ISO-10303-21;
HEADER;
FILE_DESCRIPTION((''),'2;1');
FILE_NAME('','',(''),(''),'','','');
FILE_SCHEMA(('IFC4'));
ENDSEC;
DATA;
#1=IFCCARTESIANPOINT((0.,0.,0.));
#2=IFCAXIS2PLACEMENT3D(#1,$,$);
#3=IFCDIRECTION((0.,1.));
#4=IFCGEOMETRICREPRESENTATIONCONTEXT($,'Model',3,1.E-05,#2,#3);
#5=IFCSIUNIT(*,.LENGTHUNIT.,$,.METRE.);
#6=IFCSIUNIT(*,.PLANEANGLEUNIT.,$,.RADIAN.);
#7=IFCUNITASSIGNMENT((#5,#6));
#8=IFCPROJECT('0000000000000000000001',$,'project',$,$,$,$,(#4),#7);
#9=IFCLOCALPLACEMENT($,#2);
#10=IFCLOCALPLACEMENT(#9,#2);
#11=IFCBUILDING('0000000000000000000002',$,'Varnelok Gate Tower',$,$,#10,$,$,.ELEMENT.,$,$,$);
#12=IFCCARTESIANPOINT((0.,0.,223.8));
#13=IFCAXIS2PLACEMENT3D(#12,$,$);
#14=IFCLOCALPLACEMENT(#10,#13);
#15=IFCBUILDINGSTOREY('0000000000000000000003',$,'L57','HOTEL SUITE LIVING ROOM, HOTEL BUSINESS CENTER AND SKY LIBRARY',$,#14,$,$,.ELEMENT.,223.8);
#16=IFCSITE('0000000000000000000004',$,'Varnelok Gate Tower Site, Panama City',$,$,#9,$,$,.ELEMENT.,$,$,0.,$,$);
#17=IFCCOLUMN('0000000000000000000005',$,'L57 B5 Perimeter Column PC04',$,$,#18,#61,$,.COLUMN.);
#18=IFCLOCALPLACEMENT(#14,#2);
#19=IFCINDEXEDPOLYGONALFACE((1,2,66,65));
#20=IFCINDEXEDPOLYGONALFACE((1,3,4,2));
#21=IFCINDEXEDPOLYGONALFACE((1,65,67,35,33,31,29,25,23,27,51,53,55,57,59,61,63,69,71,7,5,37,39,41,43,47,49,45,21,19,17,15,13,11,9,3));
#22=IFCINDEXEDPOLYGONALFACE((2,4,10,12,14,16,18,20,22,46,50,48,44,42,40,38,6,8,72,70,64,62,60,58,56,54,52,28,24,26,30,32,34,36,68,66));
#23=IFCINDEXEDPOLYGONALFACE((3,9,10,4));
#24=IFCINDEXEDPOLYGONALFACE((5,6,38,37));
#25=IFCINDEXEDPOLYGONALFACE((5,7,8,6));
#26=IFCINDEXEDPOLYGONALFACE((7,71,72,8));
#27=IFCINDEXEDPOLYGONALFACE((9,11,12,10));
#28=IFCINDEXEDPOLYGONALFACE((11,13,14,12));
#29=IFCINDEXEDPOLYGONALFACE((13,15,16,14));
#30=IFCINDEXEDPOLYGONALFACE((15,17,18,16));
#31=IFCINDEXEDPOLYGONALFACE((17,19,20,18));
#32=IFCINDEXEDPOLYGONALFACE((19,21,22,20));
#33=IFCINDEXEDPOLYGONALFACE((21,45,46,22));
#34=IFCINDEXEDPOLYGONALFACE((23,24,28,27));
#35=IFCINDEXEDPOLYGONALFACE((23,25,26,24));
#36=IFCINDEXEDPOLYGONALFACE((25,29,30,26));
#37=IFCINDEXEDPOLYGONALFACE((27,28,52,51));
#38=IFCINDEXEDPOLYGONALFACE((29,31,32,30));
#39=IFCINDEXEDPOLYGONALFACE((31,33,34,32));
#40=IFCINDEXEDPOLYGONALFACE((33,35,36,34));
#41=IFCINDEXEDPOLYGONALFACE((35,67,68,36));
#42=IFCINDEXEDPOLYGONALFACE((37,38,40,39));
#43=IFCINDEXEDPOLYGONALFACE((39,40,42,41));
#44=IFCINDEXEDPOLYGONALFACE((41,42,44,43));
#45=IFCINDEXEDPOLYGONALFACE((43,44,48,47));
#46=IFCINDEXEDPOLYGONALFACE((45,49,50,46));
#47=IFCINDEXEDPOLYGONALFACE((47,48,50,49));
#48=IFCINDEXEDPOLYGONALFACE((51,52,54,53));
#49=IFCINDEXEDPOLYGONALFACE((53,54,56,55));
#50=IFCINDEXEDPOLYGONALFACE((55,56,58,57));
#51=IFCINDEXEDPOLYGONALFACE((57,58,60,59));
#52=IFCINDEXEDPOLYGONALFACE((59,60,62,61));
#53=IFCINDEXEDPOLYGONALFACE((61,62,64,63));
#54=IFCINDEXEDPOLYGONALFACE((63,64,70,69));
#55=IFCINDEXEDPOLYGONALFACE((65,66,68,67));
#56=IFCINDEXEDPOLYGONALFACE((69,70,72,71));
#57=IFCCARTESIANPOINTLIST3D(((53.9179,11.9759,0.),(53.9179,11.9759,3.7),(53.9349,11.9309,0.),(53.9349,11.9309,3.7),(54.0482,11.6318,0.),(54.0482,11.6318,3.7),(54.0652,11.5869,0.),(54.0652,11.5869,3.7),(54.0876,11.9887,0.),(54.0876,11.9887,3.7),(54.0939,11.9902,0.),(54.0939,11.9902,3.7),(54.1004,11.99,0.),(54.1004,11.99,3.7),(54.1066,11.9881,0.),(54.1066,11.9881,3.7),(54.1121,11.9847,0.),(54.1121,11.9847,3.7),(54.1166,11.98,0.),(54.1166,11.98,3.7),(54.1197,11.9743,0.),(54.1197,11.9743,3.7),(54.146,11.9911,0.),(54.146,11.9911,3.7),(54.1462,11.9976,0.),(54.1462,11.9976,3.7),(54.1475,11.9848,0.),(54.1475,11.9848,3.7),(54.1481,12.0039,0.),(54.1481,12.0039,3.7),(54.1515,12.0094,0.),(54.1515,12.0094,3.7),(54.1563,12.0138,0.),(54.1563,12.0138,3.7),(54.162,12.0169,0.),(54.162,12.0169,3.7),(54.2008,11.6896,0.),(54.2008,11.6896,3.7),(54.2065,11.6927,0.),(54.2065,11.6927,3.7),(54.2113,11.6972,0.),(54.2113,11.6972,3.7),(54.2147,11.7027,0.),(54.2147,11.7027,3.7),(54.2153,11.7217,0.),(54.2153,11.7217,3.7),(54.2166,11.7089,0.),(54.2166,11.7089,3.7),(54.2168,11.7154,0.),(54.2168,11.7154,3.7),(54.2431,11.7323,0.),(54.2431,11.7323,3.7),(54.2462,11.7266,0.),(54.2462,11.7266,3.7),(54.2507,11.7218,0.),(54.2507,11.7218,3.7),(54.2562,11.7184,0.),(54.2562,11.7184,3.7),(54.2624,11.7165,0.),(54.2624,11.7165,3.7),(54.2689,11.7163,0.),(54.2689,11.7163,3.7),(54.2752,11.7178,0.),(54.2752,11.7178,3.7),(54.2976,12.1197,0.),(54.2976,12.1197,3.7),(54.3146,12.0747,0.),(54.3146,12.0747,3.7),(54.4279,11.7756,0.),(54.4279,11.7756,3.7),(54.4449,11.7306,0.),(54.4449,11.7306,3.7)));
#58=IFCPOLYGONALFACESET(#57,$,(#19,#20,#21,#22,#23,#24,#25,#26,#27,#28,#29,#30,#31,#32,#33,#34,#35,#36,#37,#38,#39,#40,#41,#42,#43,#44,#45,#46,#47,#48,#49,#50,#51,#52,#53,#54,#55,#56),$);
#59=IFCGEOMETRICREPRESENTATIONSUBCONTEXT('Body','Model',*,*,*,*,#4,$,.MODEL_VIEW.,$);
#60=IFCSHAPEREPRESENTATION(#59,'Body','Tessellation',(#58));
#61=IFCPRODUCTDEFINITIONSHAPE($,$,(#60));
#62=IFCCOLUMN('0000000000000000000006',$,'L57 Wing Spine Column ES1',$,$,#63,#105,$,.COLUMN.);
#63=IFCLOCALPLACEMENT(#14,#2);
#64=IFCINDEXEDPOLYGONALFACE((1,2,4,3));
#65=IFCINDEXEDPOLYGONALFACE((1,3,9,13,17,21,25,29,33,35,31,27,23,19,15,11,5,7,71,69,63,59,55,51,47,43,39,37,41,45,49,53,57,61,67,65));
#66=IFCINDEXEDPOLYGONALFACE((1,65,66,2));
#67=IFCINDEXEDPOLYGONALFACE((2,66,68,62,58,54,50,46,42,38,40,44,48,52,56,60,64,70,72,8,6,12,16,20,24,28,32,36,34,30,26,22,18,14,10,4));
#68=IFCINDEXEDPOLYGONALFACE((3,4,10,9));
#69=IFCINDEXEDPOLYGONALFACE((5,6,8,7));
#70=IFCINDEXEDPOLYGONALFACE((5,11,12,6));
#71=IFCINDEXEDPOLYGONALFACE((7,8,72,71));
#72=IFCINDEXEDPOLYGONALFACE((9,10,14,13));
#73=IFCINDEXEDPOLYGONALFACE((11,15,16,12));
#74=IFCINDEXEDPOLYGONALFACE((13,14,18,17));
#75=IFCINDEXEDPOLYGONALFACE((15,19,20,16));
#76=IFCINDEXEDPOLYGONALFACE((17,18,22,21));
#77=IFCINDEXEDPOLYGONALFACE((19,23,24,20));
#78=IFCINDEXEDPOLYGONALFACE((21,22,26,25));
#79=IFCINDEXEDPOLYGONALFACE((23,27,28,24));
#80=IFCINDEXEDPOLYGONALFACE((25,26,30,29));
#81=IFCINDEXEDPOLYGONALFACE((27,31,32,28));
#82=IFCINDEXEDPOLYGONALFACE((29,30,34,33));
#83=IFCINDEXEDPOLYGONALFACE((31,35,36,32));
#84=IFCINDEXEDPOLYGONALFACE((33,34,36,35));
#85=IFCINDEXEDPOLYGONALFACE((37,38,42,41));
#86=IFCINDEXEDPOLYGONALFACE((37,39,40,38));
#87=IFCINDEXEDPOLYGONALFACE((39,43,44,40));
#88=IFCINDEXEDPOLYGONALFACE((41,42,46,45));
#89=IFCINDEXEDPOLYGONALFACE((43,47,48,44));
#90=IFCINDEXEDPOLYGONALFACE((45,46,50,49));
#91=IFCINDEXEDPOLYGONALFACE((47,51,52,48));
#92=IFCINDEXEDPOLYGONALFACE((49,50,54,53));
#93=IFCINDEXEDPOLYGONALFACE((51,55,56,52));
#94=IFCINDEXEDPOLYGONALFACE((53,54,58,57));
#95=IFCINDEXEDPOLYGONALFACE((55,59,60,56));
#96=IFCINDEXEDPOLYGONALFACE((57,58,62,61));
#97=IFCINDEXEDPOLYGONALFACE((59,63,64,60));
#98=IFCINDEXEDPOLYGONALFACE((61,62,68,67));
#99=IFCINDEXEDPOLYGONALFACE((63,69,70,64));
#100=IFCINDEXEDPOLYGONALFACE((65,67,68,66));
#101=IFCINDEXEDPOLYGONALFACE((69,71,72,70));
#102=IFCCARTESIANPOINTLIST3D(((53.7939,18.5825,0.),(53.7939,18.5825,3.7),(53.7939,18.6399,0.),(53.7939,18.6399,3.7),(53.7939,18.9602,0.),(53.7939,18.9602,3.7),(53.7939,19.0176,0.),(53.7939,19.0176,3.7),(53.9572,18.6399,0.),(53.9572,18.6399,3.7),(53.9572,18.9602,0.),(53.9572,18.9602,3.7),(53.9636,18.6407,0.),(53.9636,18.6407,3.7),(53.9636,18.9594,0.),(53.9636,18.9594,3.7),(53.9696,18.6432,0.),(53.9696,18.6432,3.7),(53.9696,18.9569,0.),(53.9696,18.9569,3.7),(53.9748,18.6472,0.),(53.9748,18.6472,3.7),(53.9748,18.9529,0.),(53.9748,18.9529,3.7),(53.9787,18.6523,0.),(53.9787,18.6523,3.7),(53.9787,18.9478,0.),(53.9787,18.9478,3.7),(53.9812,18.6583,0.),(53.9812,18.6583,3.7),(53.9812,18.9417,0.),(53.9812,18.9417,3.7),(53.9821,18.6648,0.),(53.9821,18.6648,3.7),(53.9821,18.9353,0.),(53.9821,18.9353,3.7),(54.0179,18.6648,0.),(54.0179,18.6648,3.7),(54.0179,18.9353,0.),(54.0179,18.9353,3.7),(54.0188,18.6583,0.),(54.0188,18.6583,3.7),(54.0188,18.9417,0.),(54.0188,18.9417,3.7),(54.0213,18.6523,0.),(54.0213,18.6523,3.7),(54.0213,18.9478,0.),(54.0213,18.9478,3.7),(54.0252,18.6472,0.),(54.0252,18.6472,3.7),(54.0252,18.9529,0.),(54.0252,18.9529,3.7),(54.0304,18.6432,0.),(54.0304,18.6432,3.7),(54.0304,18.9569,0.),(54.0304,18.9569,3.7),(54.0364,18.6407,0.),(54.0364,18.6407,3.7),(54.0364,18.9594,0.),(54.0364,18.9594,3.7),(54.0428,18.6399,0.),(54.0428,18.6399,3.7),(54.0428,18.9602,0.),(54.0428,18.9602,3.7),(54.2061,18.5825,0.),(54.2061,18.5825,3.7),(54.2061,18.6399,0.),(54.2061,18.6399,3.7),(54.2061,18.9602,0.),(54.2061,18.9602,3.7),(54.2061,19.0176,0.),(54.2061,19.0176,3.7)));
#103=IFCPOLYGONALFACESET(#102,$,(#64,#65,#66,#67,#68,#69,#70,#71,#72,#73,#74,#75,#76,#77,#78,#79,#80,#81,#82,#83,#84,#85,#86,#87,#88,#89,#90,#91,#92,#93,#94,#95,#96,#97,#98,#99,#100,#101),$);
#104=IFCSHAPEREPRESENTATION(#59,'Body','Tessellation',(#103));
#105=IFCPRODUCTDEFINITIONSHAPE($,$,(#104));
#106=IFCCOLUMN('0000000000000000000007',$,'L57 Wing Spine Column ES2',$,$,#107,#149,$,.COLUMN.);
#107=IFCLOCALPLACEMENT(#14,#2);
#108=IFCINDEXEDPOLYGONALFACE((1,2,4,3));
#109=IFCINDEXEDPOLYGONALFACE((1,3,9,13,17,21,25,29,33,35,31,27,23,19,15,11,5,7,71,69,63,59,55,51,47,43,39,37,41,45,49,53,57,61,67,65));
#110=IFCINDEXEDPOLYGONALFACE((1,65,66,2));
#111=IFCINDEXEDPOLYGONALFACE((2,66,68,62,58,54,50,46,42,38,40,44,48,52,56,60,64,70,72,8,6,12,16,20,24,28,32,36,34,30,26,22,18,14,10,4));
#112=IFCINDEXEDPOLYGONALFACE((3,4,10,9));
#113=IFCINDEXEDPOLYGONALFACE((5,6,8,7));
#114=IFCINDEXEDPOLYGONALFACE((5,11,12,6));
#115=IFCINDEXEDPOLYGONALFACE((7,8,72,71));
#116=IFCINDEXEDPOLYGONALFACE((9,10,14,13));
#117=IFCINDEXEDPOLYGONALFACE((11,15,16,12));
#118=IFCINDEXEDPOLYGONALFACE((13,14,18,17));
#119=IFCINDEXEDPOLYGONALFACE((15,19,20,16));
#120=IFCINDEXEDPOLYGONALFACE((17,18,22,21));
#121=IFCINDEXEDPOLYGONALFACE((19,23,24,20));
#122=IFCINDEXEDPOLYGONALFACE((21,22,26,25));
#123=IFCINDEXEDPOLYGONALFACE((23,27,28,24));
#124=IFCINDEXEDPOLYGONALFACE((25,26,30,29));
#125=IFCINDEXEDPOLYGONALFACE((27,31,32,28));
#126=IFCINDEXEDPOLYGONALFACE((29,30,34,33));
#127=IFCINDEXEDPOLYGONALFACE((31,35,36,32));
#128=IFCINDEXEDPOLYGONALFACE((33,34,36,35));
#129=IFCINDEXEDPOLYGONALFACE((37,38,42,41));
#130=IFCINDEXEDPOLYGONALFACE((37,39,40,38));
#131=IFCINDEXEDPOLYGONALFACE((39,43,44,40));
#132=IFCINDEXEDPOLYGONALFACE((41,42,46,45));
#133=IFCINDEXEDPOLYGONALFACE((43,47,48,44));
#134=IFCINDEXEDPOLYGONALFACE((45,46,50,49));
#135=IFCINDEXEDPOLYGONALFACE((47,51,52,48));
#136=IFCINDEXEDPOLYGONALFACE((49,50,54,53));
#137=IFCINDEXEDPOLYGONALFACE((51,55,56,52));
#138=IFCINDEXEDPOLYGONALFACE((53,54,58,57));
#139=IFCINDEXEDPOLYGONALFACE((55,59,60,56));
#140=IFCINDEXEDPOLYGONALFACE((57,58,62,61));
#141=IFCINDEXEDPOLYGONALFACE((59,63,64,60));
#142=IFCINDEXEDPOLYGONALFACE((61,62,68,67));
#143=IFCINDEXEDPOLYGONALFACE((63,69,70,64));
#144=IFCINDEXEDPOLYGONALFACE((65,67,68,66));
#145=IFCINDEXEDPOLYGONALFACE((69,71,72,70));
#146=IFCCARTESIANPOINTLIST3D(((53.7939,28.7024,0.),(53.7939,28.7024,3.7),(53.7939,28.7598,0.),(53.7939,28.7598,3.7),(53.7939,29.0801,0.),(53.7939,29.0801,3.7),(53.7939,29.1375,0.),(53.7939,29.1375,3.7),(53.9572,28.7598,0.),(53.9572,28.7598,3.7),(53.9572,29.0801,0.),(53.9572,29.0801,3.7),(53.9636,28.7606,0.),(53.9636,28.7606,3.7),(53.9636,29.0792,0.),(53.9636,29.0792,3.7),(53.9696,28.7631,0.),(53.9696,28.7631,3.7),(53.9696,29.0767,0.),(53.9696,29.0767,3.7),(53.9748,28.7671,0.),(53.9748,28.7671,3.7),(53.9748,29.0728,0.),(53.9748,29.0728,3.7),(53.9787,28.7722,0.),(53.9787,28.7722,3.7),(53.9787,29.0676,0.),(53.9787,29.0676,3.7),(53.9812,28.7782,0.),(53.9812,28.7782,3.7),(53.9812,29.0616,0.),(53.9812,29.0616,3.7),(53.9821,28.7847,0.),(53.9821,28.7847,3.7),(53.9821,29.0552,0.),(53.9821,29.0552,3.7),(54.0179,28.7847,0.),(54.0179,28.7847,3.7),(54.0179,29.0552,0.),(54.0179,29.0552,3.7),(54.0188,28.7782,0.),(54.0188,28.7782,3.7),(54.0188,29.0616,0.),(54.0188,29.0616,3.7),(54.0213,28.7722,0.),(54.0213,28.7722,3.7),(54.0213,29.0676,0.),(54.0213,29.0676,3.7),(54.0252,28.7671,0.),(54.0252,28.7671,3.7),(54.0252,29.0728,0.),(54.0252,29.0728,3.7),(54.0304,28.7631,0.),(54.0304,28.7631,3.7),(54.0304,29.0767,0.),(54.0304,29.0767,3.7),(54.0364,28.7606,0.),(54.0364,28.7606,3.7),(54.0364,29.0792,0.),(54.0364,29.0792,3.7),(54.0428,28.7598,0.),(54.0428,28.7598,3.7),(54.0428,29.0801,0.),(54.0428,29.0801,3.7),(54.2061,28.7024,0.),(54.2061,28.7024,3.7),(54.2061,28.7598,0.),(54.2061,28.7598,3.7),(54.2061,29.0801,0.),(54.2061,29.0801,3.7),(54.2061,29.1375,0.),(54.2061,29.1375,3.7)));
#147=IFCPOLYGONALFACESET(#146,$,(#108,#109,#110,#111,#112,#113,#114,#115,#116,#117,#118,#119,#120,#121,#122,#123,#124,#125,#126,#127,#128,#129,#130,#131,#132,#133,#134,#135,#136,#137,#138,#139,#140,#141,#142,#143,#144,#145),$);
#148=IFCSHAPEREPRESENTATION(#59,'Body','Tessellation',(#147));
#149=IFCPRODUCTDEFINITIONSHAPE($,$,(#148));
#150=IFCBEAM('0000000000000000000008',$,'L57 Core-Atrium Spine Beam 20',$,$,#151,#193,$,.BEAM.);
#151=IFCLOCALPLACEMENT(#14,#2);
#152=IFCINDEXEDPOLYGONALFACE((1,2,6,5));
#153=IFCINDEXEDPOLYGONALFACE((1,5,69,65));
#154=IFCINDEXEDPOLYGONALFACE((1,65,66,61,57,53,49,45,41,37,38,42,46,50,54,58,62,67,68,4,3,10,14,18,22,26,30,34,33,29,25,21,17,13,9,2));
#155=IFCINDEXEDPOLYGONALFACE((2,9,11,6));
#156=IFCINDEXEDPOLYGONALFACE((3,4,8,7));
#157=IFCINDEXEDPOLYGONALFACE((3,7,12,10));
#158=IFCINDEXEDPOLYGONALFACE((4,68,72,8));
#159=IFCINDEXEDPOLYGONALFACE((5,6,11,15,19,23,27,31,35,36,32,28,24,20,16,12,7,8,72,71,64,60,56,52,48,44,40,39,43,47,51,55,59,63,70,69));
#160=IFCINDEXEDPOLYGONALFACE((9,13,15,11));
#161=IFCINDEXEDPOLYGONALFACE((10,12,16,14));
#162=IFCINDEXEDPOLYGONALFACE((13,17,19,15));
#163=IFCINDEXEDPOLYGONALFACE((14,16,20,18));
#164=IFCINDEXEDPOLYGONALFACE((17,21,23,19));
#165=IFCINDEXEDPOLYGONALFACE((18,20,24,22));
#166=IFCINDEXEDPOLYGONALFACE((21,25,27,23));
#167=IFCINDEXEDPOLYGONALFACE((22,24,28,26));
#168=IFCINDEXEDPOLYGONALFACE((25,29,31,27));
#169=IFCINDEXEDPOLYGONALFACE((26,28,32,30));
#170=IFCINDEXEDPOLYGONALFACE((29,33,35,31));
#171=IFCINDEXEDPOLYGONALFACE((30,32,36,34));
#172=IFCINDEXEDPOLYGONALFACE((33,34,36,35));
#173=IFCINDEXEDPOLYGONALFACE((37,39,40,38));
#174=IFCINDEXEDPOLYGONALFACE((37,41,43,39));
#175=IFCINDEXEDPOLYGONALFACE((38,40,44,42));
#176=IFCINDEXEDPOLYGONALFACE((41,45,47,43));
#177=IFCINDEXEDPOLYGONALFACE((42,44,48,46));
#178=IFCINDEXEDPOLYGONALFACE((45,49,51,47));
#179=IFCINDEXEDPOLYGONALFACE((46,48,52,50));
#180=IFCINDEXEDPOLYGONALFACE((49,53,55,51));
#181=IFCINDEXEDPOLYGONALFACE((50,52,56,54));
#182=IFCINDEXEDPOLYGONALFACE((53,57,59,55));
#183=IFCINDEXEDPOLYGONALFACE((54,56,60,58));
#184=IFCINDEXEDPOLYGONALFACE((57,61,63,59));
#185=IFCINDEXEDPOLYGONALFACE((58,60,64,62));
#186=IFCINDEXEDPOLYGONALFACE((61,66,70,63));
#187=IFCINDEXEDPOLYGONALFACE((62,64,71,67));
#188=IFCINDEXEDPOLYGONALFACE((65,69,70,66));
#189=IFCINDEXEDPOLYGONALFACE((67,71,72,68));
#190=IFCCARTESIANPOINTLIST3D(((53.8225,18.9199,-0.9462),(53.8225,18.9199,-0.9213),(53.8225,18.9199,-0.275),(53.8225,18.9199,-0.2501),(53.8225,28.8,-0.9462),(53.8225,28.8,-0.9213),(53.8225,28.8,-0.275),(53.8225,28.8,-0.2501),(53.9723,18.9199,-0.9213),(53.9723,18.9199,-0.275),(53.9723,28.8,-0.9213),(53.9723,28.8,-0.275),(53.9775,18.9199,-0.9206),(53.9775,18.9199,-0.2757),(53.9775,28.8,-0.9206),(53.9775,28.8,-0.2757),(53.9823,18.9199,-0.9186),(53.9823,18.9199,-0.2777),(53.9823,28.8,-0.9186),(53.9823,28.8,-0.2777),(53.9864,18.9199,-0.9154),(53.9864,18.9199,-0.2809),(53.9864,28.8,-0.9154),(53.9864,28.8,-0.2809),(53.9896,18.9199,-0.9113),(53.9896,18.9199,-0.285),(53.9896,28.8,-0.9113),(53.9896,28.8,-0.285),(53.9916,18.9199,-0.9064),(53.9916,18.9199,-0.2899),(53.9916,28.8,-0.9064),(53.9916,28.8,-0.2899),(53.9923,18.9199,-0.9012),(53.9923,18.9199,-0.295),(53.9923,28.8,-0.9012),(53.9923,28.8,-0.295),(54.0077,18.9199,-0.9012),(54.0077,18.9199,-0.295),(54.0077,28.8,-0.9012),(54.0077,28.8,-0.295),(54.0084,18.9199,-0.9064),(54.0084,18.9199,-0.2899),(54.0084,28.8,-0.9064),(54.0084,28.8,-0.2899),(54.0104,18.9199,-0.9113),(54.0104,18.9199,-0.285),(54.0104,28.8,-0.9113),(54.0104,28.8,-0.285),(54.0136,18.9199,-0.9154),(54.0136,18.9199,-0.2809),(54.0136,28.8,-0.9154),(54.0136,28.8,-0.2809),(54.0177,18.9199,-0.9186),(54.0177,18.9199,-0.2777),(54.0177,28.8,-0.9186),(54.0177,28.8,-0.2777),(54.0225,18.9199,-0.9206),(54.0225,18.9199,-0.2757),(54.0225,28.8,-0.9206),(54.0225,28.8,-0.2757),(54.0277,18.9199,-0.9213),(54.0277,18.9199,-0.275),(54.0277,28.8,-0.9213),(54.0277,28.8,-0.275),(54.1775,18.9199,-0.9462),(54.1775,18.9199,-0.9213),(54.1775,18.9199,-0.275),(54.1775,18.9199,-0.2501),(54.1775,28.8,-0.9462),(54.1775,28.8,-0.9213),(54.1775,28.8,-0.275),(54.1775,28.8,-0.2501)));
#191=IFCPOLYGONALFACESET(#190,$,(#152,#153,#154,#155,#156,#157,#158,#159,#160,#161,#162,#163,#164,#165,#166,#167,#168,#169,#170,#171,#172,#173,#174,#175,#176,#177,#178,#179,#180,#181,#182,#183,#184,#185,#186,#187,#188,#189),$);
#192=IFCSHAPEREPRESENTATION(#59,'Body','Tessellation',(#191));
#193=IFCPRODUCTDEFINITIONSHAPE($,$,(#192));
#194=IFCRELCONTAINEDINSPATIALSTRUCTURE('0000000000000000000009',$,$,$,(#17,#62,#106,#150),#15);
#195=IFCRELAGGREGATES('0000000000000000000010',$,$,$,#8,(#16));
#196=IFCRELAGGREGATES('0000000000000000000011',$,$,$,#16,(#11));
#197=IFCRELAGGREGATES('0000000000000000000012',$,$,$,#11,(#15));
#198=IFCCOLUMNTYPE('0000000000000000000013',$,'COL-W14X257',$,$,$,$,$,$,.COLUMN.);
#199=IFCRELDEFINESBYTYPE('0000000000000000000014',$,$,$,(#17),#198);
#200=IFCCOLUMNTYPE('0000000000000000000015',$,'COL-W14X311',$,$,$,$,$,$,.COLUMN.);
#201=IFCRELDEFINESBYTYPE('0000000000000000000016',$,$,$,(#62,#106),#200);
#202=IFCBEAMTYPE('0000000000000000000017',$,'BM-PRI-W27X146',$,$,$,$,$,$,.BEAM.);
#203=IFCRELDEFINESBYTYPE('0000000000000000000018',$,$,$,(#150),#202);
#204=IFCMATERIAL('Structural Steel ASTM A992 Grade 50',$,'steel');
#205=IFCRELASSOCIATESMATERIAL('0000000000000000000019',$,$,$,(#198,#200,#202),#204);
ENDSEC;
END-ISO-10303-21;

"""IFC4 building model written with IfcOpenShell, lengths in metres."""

from ifc_helpers import new_model, si_unit, direction, frame, origin, origin_2d, place, context, subcontext, project, spatial, i_section, extrude, material, material_profile, profile_set, type_object, element, save


model = new_model("IFC4")

# Units and contexts
model_context = context("Model", 3, precision=1e-05, world=origin(), true_north=direction((0.0, 1.0)))
body_context = subcontext(model_context, "Body", "Model", "MODEL_VIEW")
ifc_project = project(units=[si_unit("LENGTHUNIT", "METRE"), si_unit("PLANEANGLEUNIT", "RADIAN")], contexts=[model_context])

# Site, building, storey
site_placement = place(None, origin())
site = spatial("IfcSite", under=ifc_project, at=site_placement, Name="Varnelok Gate Tower Site, Panama City", CompositionType="ELEMENT", RefElevation=0.0)
building_placement = place(site_placement, origin())
building = spatial("IfcBuilding", under=site, at=building_placement, Name="Varnelok Gate Tower", CompositionType="ELEMENT")
storey_placement = place(building_placement, frame((0.0, 0.0, 223.8)))
storey = spatial("IfcBuildingStorey", under=building, at=storey_placement, Name="L57", Description="HOTEL SUITE LIVING ROOM, HOTEL BUSINESS CENTER AND SKY LIBRARY", CompositionType="ELEMENT", Elevation=223.8)

# Columns
ifc_material_1 = material(Name="Structural Steel ASTM A992 Grade 50", Category="steel")
ifc_material_profile_1 = material_profile(ifc_material_1, i_section(OverallWidth=0.406, OverallDepth=0.416, WebThickness=0.0298, FlangeThickness=0.0481, FilletRadius=0.0249, at=origin_2d()), Name="W14X257")
ifc_profile_set_1 = profile_set([ifc_material_profile_1], Name="Structural Steel ASTM A992 Grade 50")
column_type_1 = type_object("IfcColumnType", Name="COL-W14X257", PredefinedType="COLUMN", material=ifc_profile_set_1)
column_placement = place(storey_placement, frame((54.1814, 11.8533, 0.0), z_axis=(0.0, 0.0, 1.0), x_axis=(0.935222, 0.354063, 0.0)))
element("IfcColumn", 1, at=column_placement, inside=storey, type_object=column_type_1, Name="L57 B5 Perimeter Column PC04", PredefinedType="COLUMN", context=body_context, shape_type="SweptSolid", body=[
    extrude(i_section(OverallWidth=0.406, OverallDepth=0.416, WebThickness=0.0298, FlangeThickness=0.0481, FilletRadius=0.0249, at=origin_2d()), origin(), (0.0, 0.0, 1.0), 3.7),
])
ifc_material_profile_2 = material_profile(ifc_material_1, i_section(OverallWidth=0.4121, OverallDepth=0.4351, WebThickness=0.0359, FlangeThickness=0.0574, FilletRadius=0.0249, at=origin_2d()), Name="W14X311")
ifc_profile_set_2 = profile_set([ifc_material_profile_2], Name="Structural Steel ASTM A992 Grade 50")
column_type_2 = type_object("IfcColumnType", Name="COL-W14X311", PredefinedType="COLUMN", material=ifc_profile_set_2)
for number, where, z_axis, x_axis, name in (
    (2, (54.0, 18.8, 0.0), (0.0, 0.0, 1.0), (1.0, 0.0, 0.0), "L57 Wing Spine Column ES1"),
    (3, (54.0, 28.9199, 0.0), (0.0, 0.0, 1.0), (1.0, 0.0, 0.0), "L57 Wing Spine Column ES2"),
):
    element("IfcColumn", number, at=place(storey_placement, frame(where, z_axis=z_axis, x_axis=x_axis)), inside=storey, type_object=column_type_2, Name=name, PredefinedType="COLUMN", context=body_context, shape_type="SweptSolid", body=[
        extrude(i_section(OverallWidth=0.4121, OverallDepth=0.4351, WebThickness=0.0359, FlangeThickness=0.0574, FilletRadius=0.0249, at=origin_2d()), origin(), (0.0, 0.0, 1.0), 3.7),
    ])

# Beam
ifc_material_profile_3 = material_profile(ifc_material_1, i_section(OverallWidth=0.355, OverallDepth=0.696, WebThickness=0.0154, FlangeThickness=0.0249, FilletRadius=0.02, at=origin_2d()), Name="W27X146")
ifc_profile_set_3 = profile_set([ifc_material_profile_3], Name="Structural Steel ASTM A992 Grade 50")
beam_type = type_object("IfcBeamType", Name="BM-PRI-W27X146", PredefinedType="BEAM", material=ifc_profile_set_3)
beam_1_placement = place(storey_placement, frame((54.0, 18.9199, -0.5981), z_axis=(0.0, 1.0, 0.0), x_axis=(-1.0, 0.0, 0.0)))
element("IfcBeam", 4, at=beam_1_placement, inside=storey, type_object=beam_type, Name="L57 Core-Atrium Spine Beam 20", PredefinedType="BEAM", context=body_context, shape_type="SweptSolid", body=[
    extrude(i_section(OverallWidth=0.355, OverallDepth=0.696, WebThickness=0.0154, FlangeThickness=0.0249, FilletRadius=0.02, at=origin_2d()), origin(), (0.0, 0.0, 1.0), 9.8801),
])

save(model, "model.ifc")
